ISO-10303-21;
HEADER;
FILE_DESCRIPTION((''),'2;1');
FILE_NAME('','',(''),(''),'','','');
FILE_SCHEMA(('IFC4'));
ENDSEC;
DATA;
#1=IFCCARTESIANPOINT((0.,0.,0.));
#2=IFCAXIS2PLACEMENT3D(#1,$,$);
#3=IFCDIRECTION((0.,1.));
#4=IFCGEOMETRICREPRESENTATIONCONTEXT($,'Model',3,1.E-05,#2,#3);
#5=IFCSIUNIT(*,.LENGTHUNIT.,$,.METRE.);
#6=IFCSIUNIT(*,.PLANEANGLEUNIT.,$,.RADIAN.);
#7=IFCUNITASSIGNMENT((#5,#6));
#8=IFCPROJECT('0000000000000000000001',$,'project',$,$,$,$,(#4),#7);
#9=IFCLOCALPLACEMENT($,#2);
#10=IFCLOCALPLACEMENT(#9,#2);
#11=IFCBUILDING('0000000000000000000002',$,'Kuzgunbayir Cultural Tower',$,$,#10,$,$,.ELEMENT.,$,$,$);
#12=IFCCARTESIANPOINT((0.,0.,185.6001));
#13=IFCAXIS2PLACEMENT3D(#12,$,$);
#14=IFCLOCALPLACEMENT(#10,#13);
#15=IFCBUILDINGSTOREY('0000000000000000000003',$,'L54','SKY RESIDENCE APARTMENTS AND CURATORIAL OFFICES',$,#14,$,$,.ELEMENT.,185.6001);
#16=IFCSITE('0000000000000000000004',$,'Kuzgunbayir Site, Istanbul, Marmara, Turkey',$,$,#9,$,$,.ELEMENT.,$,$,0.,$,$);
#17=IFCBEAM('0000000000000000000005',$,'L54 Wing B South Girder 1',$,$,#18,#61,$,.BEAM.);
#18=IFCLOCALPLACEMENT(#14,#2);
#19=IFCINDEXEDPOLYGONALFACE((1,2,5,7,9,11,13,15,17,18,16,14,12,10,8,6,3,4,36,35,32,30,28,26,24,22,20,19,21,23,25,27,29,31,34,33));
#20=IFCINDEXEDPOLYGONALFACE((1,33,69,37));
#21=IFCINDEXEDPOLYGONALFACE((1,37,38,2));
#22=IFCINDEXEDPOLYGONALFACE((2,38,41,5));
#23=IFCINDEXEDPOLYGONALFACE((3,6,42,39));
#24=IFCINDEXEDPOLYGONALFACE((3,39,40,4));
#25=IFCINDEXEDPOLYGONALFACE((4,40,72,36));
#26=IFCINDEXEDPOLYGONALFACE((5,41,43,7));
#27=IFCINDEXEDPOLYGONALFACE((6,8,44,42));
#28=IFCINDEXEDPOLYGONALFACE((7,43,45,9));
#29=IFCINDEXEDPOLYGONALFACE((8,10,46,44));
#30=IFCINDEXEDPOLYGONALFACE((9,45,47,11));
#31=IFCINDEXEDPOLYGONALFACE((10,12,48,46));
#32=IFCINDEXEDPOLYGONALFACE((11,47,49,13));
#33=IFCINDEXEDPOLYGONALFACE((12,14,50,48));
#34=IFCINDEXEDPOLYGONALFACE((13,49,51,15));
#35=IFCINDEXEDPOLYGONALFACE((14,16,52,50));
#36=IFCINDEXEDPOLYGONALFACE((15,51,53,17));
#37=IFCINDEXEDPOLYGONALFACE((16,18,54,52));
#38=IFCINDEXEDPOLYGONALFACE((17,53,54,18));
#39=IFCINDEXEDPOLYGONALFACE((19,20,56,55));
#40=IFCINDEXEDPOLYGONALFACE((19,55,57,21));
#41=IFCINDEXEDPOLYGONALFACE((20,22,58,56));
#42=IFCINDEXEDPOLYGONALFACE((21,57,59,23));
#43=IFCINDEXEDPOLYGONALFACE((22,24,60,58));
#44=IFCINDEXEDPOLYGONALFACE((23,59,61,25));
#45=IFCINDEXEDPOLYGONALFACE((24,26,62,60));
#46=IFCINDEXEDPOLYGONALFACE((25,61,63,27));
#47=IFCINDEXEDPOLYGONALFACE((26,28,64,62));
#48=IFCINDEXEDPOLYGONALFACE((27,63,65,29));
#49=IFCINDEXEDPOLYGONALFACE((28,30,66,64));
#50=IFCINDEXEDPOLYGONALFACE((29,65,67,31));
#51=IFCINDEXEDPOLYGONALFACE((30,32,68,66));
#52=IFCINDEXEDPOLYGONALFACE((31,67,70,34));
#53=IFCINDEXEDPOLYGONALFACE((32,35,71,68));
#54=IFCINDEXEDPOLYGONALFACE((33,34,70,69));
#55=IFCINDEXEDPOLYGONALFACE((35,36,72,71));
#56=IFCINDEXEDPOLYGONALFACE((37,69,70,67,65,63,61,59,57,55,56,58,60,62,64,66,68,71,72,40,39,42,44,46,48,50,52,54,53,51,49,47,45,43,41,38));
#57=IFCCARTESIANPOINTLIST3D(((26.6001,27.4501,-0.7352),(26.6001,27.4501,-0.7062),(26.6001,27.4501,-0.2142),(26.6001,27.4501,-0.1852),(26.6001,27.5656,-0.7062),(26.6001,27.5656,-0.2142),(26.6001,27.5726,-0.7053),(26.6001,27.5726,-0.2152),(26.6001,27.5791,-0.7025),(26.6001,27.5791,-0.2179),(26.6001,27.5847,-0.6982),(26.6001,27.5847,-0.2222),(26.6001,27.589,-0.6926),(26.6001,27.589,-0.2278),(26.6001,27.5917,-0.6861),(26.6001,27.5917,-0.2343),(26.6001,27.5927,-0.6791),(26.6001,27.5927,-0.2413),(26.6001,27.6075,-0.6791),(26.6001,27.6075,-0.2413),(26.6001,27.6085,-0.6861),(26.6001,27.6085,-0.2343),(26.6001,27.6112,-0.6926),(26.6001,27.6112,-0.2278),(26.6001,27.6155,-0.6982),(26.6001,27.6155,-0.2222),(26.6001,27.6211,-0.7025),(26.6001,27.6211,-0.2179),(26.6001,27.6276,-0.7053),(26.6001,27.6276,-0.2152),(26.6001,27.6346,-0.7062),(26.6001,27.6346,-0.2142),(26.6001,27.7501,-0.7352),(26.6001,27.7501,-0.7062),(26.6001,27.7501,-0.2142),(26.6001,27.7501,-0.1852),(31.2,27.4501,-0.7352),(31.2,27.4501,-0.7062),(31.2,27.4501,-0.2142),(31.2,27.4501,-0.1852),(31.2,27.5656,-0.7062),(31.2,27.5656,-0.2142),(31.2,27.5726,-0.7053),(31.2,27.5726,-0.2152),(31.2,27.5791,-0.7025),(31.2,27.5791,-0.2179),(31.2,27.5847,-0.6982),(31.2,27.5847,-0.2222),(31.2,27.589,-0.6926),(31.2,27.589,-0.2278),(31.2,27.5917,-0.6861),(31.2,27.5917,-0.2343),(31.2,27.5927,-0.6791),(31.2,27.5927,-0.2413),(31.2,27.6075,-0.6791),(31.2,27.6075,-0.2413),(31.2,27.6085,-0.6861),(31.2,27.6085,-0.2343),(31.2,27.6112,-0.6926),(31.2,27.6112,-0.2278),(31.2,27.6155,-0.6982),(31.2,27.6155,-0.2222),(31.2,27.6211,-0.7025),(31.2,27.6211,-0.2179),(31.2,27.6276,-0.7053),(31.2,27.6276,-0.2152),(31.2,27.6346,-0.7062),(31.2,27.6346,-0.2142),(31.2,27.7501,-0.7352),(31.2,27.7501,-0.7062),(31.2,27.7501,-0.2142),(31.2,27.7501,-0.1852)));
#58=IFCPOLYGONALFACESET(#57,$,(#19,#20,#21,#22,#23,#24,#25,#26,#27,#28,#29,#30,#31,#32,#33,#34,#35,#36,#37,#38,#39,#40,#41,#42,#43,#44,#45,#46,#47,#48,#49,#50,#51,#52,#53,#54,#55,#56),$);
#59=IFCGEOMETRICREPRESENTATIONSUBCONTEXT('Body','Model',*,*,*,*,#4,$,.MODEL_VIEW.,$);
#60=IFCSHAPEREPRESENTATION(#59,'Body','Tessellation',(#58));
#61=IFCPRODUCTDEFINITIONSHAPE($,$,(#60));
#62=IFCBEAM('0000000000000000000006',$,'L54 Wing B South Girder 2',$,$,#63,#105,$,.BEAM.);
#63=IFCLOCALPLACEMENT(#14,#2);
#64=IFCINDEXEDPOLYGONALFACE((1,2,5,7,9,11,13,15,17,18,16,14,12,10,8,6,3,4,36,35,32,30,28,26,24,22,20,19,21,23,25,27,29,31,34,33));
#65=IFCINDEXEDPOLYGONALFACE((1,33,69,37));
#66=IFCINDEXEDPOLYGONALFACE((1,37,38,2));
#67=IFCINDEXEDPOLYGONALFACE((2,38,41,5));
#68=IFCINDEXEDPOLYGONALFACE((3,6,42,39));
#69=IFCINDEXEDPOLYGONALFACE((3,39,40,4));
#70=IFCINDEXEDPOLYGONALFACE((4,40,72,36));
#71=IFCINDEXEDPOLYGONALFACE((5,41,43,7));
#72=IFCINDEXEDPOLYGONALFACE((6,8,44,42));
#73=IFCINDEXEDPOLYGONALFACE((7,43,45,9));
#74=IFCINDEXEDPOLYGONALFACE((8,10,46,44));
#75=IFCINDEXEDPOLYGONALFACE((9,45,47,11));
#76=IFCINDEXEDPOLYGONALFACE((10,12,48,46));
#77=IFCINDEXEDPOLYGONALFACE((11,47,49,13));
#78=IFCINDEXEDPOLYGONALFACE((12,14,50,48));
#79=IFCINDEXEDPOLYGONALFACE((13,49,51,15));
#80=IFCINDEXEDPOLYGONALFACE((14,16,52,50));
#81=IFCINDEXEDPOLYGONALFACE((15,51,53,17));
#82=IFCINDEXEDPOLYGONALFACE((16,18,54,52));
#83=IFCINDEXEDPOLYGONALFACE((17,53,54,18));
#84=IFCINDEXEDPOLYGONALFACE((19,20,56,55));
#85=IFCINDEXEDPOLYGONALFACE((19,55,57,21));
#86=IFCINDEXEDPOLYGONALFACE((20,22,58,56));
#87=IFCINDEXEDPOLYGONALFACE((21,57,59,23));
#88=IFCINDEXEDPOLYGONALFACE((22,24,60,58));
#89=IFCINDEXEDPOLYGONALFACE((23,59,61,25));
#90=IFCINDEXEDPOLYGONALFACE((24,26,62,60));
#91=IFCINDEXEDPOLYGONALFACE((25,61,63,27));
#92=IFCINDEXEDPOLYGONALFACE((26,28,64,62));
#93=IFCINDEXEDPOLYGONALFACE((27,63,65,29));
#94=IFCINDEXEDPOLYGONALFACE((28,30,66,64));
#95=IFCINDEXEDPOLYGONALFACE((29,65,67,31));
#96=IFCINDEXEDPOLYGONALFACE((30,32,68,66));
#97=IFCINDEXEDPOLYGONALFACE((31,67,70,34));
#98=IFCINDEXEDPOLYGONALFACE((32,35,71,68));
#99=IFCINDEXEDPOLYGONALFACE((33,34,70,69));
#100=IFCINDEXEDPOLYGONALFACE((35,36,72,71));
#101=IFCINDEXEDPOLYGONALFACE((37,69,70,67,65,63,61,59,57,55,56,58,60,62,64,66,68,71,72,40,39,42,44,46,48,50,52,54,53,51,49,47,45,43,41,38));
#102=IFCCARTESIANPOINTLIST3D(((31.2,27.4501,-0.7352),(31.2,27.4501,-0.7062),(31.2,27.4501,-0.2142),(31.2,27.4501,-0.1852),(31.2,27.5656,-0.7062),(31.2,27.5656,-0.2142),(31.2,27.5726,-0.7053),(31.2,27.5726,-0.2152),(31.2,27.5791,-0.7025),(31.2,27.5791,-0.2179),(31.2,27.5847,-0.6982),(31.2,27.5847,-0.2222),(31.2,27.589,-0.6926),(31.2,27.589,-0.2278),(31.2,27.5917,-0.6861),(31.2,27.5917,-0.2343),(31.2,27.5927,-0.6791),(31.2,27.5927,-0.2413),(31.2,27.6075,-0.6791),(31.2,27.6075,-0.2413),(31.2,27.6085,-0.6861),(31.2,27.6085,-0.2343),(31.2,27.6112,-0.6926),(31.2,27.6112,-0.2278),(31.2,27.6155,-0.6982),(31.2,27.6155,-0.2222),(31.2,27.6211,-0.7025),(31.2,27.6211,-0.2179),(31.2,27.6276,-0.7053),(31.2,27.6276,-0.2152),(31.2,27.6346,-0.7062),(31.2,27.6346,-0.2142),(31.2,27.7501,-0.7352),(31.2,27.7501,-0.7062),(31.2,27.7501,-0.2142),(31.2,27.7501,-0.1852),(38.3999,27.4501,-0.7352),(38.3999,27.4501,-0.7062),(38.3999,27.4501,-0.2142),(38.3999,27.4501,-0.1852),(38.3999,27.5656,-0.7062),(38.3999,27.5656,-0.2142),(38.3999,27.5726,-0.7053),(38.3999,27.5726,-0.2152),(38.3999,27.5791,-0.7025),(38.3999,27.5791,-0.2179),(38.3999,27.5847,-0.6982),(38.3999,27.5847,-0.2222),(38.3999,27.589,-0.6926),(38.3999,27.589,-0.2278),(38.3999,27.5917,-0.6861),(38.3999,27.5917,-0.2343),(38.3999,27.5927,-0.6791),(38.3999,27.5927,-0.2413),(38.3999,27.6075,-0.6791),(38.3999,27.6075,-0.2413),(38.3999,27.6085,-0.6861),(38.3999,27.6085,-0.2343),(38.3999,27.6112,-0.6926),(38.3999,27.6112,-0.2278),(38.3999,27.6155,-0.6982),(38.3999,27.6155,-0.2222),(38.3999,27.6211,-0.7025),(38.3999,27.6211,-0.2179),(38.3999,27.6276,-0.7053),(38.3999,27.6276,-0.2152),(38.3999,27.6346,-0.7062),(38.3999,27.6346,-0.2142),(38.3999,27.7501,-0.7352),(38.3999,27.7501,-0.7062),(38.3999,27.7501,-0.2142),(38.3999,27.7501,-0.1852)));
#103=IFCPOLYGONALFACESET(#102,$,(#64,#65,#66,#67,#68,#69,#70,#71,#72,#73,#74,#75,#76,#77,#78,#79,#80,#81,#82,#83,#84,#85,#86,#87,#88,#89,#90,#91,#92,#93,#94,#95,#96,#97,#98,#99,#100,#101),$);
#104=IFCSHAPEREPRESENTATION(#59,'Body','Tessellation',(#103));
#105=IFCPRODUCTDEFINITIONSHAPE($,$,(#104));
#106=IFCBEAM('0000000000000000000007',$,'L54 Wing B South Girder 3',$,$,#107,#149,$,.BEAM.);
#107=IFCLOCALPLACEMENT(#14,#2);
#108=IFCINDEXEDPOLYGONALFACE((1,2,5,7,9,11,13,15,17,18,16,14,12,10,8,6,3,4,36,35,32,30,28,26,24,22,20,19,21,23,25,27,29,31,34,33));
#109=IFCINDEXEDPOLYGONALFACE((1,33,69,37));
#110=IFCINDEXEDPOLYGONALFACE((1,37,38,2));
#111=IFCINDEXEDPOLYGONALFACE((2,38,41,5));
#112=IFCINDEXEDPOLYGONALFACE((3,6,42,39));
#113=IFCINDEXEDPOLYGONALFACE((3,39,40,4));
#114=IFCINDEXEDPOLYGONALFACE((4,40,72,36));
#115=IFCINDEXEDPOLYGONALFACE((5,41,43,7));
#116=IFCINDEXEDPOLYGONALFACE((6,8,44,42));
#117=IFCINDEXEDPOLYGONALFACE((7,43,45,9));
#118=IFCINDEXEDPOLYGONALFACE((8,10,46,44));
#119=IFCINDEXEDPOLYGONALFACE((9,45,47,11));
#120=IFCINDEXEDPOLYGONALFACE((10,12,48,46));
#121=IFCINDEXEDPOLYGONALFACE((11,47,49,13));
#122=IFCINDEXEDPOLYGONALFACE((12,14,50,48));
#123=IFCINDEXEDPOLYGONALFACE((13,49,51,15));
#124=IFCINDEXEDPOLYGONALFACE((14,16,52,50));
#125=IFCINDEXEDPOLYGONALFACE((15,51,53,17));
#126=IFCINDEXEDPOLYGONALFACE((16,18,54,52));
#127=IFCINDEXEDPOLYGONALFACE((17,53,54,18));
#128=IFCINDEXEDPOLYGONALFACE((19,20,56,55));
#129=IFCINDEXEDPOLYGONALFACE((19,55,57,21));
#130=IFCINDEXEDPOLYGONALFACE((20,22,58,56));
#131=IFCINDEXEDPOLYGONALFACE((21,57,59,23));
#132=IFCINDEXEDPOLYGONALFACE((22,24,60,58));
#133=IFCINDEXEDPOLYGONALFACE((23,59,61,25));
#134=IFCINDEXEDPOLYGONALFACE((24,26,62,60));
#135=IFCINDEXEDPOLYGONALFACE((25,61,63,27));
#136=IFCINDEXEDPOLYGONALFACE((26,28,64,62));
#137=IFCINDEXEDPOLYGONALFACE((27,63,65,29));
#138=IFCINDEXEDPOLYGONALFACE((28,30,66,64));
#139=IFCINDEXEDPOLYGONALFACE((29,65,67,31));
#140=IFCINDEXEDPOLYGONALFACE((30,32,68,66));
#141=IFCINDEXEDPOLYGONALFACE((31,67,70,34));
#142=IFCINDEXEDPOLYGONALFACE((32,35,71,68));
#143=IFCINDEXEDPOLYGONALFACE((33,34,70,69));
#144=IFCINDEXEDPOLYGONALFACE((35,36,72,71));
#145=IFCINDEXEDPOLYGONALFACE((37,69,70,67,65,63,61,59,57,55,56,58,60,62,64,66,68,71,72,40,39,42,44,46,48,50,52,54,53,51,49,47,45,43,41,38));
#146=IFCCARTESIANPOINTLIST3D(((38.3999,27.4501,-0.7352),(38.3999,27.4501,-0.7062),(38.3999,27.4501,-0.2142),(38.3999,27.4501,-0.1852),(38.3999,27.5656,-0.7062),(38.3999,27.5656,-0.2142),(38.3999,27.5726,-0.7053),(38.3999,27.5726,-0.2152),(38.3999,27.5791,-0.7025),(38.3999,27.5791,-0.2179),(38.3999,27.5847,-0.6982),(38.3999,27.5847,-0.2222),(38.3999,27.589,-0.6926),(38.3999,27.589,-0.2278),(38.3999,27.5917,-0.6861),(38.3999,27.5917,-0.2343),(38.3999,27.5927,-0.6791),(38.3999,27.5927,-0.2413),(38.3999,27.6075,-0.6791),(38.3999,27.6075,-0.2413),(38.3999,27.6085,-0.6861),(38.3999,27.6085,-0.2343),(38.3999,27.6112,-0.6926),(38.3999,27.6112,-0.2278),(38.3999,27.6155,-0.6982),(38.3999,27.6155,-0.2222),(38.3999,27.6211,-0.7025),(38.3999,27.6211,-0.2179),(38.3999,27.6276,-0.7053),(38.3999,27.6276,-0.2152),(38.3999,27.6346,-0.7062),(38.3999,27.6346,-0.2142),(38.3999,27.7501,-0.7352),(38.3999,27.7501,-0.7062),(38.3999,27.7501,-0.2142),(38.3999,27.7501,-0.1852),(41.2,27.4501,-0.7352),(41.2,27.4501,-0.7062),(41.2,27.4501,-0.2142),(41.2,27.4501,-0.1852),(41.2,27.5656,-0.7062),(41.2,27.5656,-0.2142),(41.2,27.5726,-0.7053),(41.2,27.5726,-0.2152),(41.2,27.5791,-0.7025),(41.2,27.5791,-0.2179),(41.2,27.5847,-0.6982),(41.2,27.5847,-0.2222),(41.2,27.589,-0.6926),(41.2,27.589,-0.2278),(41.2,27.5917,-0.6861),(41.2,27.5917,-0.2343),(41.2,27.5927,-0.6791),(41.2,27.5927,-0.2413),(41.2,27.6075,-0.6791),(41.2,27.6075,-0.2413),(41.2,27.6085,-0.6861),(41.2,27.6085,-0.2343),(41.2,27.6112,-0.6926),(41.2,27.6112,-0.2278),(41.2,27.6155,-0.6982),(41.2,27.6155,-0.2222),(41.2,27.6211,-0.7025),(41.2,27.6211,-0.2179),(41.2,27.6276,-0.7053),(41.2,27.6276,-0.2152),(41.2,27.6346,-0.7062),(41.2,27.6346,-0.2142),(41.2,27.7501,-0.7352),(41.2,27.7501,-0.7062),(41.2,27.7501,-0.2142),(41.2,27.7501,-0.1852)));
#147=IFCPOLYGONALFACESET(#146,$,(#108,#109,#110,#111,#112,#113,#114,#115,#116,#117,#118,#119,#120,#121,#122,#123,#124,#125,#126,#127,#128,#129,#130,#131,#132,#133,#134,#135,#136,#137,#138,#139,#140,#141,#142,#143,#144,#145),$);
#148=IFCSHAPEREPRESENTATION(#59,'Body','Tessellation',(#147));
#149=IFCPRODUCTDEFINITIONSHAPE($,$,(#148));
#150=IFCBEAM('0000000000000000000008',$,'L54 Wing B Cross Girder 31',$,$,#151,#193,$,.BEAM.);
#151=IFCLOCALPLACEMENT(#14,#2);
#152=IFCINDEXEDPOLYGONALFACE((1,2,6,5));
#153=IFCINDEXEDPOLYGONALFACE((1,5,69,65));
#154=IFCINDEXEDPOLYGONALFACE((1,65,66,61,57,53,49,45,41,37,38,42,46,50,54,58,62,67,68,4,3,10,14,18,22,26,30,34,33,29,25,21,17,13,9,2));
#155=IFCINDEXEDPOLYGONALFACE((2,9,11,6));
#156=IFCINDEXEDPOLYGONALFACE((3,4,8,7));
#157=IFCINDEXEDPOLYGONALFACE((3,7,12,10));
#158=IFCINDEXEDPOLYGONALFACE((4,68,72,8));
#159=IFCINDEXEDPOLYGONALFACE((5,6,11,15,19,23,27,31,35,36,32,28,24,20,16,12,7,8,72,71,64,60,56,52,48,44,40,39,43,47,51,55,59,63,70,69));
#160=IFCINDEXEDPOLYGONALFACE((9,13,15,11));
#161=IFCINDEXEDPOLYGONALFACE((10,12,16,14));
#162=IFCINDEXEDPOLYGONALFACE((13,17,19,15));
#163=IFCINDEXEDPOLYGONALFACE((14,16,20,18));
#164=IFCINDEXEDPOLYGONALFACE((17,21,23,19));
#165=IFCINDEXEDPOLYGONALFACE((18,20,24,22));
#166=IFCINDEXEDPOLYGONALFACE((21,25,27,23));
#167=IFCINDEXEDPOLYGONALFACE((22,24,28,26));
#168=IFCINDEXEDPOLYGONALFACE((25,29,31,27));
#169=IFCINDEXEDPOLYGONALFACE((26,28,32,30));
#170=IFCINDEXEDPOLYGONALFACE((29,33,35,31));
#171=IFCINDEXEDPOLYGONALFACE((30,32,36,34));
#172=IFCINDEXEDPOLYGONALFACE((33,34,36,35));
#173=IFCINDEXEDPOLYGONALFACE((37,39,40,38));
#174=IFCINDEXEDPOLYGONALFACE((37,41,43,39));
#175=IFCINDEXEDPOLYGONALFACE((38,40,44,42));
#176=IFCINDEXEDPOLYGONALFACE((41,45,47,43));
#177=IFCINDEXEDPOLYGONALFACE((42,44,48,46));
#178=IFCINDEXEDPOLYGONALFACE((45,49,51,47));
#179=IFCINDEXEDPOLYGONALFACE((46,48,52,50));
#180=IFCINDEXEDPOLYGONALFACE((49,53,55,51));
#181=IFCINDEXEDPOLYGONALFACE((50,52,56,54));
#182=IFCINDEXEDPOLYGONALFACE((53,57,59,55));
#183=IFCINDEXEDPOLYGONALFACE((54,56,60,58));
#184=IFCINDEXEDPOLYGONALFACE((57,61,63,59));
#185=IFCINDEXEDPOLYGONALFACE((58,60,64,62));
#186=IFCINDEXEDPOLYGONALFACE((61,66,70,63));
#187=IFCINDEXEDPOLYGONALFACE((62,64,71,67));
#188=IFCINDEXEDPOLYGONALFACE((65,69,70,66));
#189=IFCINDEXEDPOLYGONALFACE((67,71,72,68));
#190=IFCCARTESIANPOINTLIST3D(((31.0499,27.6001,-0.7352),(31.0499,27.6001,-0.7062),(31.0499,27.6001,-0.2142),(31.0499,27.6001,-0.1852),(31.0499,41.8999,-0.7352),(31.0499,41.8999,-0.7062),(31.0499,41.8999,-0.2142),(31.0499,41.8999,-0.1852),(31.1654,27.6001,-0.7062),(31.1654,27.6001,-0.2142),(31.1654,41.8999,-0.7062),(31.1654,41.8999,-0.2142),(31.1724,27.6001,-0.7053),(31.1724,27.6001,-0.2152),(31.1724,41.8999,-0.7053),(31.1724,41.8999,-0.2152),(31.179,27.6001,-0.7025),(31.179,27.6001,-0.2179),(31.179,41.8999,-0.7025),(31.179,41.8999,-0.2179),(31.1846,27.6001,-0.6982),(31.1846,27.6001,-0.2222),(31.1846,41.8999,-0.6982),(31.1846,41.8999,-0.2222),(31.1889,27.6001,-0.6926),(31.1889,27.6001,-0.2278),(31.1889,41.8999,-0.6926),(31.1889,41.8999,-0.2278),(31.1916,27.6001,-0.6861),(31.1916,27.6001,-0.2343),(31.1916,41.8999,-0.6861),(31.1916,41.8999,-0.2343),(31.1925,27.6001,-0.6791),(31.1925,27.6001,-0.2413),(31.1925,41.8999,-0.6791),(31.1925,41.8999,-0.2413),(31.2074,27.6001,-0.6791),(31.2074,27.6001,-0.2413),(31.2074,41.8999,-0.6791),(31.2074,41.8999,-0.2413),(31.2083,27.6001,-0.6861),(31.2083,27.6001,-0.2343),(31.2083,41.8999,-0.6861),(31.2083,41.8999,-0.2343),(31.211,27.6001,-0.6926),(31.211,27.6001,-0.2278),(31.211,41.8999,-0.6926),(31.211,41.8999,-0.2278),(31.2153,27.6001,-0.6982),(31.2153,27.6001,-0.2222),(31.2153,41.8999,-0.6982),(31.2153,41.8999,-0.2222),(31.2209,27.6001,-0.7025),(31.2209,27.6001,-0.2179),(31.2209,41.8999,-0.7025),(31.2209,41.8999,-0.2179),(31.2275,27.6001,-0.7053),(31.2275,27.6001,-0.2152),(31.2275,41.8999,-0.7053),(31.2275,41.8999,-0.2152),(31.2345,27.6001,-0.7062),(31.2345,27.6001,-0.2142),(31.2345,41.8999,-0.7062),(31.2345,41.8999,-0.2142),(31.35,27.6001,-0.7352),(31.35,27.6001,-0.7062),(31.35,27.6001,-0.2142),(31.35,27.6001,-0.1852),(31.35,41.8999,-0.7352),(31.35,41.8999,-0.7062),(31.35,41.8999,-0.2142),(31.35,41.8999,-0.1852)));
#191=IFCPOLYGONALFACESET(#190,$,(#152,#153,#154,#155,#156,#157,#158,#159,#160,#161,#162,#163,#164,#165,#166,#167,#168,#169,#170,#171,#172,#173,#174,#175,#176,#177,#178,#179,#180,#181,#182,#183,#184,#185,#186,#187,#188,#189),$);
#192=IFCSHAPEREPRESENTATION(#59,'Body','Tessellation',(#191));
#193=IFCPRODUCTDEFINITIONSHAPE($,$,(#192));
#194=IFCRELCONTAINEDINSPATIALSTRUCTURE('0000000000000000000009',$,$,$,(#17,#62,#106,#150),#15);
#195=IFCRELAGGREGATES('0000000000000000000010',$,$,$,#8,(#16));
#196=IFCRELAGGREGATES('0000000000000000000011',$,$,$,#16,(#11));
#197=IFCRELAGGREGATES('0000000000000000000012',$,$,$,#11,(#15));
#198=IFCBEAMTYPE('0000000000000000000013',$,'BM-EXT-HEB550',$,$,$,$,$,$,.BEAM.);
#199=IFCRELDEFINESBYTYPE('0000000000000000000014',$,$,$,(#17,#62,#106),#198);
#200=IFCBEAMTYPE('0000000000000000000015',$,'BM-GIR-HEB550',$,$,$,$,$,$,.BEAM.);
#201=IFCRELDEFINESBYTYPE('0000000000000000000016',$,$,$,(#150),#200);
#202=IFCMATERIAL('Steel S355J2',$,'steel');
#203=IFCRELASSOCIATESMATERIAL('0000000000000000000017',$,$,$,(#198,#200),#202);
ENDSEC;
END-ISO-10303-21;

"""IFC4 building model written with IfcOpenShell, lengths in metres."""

from ifc_helpers import new_model, si_unit, direction, frame, origin, origin_2d, place, context, subcontext, project, spatial, i_section, extrude, material, material_profile, profile_set, type_object, element, save


model = new_model("IFC4")

# Units and contexts
model_context = context("Model", 3, precision=1e-05, world=origin(), true_north=direction((0.0, 1.0)))
body_context = subcontext(model_context, "Body", "Model", "MODEL_VIEW")
ifc_project = project(units=[si_unit("LENGTHUNIT", "METRE"), si_unit("PLANEANGLEUNIT", "RADIAN")], contexts=[model_context])

# Site, building, storey
site_placement = place(None, origin())
site = spatial("IfcSite", under=ifc_project, at=site_placement, Name="Kuzgunbayir Site, Istanbul, Marmara, Turkey", CompositionType="ELEMENT", RefElevation=0.0)
building_placement = place(site_placement, origin())
building = spatial("IfcBuilding", under=site, at=building_placement, Name="Kuzgunbayir Cultural Tower", CompositionType="ELEMENT")
storey_placement = place(building_placement, frame((0.0, 0.0, 185.6001)))
storey = spatial("IfcBuildingStorey", under=building, at=storey_placement, Name="L54", Description="SKY RESIDENCE APARTMENTS AND CURATORIAL OFFICES", CompositionType="ELEMENT", Elevation=185.6001)

# Beams
ifc_material_1 = material(Name="Steel S355J2", Category="steel")
ifc_material_profile_1 = material_profile(ifc_material_1, i_section(OverallWidth=0.3, OverallDepth=0.55, WebThickness=0.0149, FlangeThickness=0.0291, FilletRadius=0.0271, at=origin_2d()), Name="HEB 550")
ifc_profile_set_1 = profile_set([ifc_material_profile_1], Name="Steel S355J2")
beam_type_1 = type_object("IfcBeamType", Name="BM-EXT-HEB550", PredefinedType="BEAM", material=ifc_profile_set_1)
beam_1_placement = place(storey_placement, frame((26.6001, 27.6001, -0.4602), z_axis=(1.0, 0.0, 0.0), x_axis=(0.0, 1.0, 0.0)))
element("IfcBeam", 1, at=beam_1_placement, inside=storey, type_object=beam_type_1, Name="L54 Wing B South Girder 1", PredefinedType="BEAM", context=body_context, shape_type="SweptSolid", body=[
    extrude(i_section(OverallWidth=0.3, OverallDepth=0.55, WebThickness=0.0149, FlangeThickness=0.0291, FilletRadius=0.0271, at=origin_2d()), origin(), (0.0, 0.0, 1.0), 4.5999),
])
beam_2_placement = place(storey_placement, frame((31.2, 27.6001, -0.4602), z_axis=(1.0, 0.0, 0.0), x_axis=(0.0, 1.0, 0.0)))
element("IfcBeam", 2, at=beam_2_placement, inside=storey, type_object=beam_type_1, Name="L54 Wing B South Girder 2", PredefinedType="BEAM", context=body_context, shape_type="SweptSolid", body=[
    extrude(i_section(OverallWidth=0.3, OverallDepth=0.55, WebThickness=0.0149, FlangeThickness=0.0291, FilletRadius=0.0271, at=origin_2d()), origin(), (0.0, 0.0, 1.0), 7.2),
])
beam_3_placement = place(storey_placement, frame((38.3999, 27.6001, -0.4602), z_axis=(1.0, 0.0, 0.0), x_axis=(0.0, 1.0, 0.0)))
element("IfcBeam", 3, at=beam_3_placement, inside=storey, type_object=beam_type_1, Name="L54 Wing B South Girder 3", PredefinedType="BEAM", context=body_context, shape_type="SweptSolid", body=[
    extrude(i_section(OverallWidth=0.3, OverallDepth=0.55, WebThickness=0.0149, FlangeThickness=0.0291, FilletRadius=0.0271, at=origin_2d()), origin(), (0.0, 0.0, 1.0), 2.8),
])
ifc_material_profile_2 = material_profile(ifc_material_1, i_section(OverallWidth=0.3, OverallDepth=0.55, WebThickness=0.0149, FlangeThickness=0.0291, FilletRadius=0.0271, at=origin_2d()), Name="HEB 550")
ifc_profile_set_2 = profile_set([ifc_material_profile_2], Name="Steel S355J2")
beam_type_2 = type_object("IfcBeamType", Name="BM-GIR-HEB550", PredefinedType="BEAM", material=ifc_profile_set_2)
beam_4_placement = place(storey_placement, frame((31.2, 27.6001, -0.4602), z_axis=(0.0, 1.0, 0.0), x_axis=(-1.0, 0.0, 0.0)))
element("IfcBeam", 4, at=beam_4_placement, inside=storey, type_object=beam_type_2, Name="L54 Wing B Cross Girder 31", PredefinedType="BEAM", context=body_context, shape_type="SweptSolid", body=[
    extrude(i_section(OverallWidth=0.3, OverallDepth=0.55, WebThickness=0.0149, FlangeThickness=0.0291, FilletRadius=0.0271, at=origin_2d()), origin(), (0.0, 0.0, 1.0), 14.2998),
])

save(model, "model.ifc")
